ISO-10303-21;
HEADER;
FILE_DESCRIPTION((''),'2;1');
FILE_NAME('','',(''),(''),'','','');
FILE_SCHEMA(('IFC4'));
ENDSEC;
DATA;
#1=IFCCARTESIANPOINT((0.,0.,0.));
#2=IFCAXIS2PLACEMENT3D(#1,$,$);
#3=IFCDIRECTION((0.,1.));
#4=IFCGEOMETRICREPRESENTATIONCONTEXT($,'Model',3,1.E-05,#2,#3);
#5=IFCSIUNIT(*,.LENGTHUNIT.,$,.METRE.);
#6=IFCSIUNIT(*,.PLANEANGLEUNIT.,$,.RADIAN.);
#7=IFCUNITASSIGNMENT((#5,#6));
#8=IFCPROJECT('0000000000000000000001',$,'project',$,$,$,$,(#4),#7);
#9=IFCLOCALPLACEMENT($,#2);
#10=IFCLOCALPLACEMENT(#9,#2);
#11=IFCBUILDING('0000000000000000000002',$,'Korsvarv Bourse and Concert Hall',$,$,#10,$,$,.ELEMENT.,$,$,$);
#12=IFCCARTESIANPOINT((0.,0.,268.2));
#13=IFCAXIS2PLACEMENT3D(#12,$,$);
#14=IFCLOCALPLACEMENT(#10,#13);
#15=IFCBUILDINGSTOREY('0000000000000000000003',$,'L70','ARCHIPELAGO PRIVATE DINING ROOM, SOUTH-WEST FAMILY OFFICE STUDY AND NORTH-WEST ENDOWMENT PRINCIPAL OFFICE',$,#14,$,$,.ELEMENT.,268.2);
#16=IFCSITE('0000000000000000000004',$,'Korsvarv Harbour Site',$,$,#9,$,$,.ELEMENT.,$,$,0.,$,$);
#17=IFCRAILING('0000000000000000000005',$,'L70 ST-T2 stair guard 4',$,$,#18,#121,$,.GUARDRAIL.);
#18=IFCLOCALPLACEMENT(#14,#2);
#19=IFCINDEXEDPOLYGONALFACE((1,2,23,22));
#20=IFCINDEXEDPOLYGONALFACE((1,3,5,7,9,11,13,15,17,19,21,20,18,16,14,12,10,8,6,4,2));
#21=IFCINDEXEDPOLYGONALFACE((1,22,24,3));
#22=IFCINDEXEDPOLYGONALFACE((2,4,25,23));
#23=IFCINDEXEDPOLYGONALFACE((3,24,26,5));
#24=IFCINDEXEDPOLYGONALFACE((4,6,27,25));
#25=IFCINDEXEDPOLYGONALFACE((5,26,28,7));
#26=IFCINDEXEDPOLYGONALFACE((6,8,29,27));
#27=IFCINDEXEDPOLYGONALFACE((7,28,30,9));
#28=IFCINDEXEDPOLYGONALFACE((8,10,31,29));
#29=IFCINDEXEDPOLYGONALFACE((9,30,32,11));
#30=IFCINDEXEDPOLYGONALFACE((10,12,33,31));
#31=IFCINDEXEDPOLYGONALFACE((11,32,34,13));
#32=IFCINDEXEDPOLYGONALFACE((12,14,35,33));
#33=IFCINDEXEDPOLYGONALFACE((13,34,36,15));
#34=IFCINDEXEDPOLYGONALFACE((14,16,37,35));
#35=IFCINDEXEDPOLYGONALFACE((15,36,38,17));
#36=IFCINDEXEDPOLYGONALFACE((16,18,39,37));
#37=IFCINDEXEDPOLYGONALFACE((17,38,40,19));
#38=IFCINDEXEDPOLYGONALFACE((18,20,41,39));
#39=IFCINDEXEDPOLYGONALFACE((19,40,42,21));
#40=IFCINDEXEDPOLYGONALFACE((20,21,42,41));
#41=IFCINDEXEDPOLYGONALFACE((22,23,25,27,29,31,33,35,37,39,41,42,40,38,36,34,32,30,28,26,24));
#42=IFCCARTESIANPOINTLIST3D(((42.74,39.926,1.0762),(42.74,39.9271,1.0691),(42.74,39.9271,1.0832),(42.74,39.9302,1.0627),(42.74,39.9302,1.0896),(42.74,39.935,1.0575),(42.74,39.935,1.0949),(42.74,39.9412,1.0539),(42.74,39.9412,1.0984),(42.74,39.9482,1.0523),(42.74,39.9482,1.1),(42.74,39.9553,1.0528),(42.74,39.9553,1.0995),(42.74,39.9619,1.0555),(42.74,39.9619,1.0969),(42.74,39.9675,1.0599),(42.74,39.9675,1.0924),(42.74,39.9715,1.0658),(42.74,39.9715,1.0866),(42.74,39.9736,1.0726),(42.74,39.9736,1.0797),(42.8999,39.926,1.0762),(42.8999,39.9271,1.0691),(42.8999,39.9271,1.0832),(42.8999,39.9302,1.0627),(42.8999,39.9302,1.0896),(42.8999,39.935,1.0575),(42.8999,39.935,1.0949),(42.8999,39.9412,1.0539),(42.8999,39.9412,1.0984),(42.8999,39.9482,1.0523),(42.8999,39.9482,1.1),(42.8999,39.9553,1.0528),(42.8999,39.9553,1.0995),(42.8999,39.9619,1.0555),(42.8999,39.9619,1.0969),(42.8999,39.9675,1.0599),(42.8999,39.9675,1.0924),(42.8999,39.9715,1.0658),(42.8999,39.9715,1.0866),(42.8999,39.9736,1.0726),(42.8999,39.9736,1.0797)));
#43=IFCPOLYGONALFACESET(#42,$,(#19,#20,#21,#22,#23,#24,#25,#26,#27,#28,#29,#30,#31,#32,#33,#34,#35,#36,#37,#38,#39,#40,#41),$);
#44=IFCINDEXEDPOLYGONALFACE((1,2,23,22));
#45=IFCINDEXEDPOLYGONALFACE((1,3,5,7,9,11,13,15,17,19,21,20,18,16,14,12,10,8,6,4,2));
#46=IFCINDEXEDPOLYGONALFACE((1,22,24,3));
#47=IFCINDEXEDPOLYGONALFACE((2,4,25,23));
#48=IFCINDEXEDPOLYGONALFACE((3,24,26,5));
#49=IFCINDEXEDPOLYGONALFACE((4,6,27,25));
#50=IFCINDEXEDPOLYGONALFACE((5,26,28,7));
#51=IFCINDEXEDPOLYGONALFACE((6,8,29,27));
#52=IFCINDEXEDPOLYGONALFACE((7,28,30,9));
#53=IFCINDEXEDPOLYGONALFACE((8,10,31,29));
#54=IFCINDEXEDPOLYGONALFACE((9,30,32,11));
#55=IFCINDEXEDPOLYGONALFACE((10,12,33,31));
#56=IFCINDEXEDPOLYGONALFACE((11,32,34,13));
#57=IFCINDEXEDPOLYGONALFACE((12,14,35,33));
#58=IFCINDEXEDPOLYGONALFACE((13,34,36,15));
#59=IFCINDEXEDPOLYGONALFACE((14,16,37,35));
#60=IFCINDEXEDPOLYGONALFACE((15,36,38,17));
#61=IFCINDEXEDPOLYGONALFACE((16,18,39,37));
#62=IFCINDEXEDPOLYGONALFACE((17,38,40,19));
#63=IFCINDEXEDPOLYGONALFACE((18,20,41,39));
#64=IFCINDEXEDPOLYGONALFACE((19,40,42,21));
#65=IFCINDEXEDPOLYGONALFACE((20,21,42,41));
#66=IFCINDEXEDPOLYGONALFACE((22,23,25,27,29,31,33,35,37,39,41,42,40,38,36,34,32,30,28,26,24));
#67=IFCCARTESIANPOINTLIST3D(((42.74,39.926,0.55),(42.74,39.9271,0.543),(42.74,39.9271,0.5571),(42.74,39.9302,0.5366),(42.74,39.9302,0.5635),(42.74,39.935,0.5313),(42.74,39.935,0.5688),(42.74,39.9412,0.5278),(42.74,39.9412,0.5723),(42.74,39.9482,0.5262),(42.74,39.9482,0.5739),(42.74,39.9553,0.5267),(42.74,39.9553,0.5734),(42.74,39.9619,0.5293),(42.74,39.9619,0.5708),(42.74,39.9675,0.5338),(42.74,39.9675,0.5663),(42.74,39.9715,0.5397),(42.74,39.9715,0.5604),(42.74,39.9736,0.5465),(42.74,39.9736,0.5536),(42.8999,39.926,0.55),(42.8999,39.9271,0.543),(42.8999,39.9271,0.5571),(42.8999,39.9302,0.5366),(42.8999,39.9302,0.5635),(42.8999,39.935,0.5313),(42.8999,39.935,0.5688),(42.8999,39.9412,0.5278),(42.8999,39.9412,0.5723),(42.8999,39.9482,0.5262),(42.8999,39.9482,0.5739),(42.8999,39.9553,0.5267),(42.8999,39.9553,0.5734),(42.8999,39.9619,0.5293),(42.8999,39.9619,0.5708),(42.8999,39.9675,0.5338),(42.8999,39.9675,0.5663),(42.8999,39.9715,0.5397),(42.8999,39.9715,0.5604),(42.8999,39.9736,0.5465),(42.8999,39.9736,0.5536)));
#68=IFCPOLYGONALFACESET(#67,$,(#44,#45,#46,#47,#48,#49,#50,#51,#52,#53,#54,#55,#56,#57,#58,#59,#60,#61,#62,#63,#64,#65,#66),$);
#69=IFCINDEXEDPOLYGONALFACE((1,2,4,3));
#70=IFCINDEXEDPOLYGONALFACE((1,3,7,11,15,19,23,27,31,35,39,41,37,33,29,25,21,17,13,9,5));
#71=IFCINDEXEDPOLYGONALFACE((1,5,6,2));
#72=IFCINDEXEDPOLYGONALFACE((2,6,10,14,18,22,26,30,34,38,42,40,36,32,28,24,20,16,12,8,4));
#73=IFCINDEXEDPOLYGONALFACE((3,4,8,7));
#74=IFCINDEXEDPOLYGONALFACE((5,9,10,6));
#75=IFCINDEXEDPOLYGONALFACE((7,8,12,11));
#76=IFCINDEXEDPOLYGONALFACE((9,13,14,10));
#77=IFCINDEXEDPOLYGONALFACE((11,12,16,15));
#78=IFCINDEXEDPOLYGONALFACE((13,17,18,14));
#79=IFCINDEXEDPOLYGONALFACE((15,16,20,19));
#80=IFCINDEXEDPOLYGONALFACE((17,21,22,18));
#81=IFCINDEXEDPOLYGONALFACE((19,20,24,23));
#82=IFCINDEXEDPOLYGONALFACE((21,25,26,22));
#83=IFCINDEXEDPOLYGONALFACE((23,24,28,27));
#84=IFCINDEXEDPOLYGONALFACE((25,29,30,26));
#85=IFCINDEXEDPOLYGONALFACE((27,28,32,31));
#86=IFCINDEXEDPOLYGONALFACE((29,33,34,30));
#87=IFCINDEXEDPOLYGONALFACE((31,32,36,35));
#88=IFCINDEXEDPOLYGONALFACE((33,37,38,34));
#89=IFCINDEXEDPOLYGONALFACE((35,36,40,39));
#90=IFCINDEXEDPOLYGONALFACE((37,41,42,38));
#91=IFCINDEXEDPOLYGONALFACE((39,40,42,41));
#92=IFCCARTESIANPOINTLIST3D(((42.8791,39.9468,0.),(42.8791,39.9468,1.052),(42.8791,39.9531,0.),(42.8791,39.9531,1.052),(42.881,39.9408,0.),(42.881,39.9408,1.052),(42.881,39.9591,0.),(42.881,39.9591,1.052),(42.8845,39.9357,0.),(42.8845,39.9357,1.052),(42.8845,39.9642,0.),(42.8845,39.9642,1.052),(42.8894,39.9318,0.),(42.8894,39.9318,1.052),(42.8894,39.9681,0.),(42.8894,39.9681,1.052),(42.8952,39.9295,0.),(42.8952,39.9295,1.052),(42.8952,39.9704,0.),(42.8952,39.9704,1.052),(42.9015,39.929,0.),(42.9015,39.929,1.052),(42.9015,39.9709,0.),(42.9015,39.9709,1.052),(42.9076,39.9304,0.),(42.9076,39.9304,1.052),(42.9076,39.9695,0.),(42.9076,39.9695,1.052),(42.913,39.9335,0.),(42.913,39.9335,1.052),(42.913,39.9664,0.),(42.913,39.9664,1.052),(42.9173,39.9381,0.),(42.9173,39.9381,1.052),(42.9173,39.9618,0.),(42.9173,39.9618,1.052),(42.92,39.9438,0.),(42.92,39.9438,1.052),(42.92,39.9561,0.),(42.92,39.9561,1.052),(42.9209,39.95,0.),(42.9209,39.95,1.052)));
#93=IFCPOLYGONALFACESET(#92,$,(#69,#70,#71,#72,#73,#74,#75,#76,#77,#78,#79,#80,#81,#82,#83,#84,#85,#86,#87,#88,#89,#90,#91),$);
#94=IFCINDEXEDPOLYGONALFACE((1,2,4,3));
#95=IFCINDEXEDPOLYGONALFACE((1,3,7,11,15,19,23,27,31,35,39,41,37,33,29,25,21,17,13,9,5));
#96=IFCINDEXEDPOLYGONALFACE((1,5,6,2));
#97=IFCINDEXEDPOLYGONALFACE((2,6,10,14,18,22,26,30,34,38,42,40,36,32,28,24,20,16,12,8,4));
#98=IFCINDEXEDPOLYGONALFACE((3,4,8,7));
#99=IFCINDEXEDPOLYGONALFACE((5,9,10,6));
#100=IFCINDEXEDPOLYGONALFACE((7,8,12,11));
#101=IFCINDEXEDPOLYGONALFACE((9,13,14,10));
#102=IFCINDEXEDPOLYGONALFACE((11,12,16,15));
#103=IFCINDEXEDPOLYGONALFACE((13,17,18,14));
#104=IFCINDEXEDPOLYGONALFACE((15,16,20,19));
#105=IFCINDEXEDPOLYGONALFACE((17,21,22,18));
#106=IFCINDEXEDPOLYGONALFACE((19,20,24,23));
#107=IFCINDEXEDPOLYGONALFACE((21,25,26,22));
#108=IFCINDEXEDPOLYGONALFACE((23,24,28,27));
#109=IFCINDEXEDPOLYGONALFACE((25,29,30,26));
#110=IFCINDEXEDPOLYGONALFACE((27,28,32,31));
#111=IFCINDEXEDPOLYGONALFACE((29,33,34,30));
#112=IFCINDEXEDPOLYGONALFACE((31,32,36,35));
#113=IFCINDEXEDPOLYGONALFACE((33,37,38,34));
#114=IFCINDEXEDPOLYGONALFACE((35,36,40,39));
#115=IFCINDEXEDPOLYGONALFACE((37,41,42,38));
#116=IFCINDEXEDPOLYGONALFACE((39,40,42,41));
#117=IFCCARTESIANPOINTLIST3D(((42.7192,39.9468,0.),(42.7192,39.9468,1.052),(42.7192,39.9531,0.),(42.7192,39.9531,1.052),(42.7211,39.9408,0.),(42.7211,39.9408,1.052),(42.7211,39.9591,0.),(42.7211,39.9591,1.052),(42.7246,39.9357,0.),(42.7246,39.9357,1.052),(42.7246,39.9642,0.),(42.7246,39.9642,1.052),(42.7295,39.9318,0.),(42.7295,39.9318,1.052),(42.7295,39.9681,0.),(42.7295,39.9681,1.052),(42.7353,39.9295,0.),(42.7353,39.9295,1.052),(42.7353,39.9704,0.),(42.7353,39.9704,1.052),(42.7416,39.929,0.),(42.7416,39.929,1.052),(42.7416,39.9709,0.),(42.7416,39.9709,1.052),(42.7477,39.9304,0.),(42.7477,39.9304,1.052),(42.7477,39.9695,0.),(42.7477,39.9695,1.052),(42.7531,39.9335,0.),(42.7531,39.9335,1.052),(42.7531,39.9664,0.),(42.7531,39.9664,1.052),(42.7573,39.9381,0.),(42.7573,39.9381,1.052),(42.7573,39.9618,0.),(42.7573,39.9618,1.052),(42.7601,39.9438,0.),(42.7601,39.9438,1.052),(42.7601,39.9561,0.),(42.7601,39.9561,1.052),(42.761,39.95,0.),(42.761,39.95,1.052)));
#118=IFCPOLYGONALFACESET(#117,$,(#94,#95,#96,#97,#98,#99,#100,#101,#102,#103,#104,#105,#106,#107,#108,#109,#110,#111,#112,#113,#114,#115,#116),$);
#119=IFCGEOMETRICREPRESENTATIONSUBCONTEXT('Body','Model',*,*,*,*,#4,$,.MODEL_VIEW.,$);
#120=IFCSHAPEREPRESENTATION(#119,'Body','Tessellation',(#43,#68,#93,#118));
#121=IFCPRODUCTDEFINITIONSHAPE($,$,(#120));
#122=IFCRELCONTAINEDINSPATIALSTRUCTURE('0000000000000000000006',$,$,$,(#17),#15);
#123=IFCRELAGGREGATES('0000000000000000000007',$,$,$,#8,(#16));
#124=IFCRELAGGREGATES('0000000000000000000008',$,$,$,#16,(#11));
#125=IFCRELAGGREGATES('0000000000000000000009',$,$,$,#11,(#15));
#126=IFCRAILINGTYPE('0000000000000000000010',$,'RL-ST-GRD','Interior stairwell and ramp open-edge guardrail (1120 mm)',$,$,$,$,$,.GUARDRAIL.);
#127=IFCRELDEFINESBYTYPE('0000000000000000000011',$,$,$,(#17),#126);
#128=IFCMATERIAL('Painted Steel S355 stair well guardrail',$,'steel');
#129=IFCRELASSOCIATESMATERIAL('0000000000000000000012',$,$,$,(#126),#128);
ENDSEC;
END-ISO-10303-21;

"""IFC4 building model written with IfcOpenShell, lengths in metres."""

from ifc_helpers import new_model, si_unit, direction, frame, origin, origin_2d, place, context, subcontext, project, spatial, circle, extrude, material, type_object, element, save


model = new_model("IFC4")

# Units and contexts
model_context = context("Model", 3, precision=1e-05, world=origin(), true_north=direction((0.0, 1.0)))
body_context = subcontext(model_context, "Body", "Model", "MODEL_VIEW")
ifc_project = project(units=[si_unit("LENGTHUNIT", "METRE"), si_unit("PLANEANGLEUNIT", "RADIAN")], contexts=[model_context])

# Site, building, storey
site_placement = place(None, origin())
site = spatial("IfcSite", under=ifc_project, at=site_placement, Name="Korsvarv Harbour Site", CompositionType="ELEMENT", RefElevation=0.0)
building_placement = place(site_placement, origin())
building = spatial("IfcBuilding", under=site, at=building_placement, Name="Korsvarv Bourse and Concert Hall", CompositionType="ELEMENT")
storey_placement = place(building_placement, frame((0.0, 0.0, 268.2)))
storey = spatial("IfcBuildingStorey", under=building, at=storey_placement, Name="L70", Description="ARCHIPELAGO PRIVATE DINING ROOM, SOUTH-WEST FAMILY OFFICE STUDY AND NORTH-WEST ENDOWMENT PRINCIPAL OFFICE", CompositionType="ELEMENT", Elevation=268.2)

# Railing
ifc_material_1 = material(Name="Painted Steel S355 stair well guardrail", Category="steel")
railing_type_1 = type_object("IfcRailingType", Name="RL-ST-GRD", Description="Interior stairwell and ramp open-edge guardrail (1120 mm)", PredefinedType="GUARDRAIL", material=ifc_material_1)
railing_1_placement = place(storey_placement, frame((42.8999, 39.95, 0.0)))
element("IfcRailing", 1, at=railing_1_placement, inside=storey, type_object=railing_type_1, Name="L70 ST-T2 stair guard 4", PredefinedType="GUARDRAIL", context=body_context, shape_type="SweptSolid", body=[
    extrude(circle(Radius=0.0239, at=origin_2d()), frame((0.0, 0.0, 1.0762), z_axis=(-1.0, 0.0, 0.0), x_axis=(0.0, -1.0, 0.0)), (0.0, 0.0, 1.0), 0.1599),
    extrude(circle(Radius=0.0239, at=origin_2d()), frame((0.0, 0.0, 0.55), z_axis=(-1.0, 0.0, 0.0), x_axis=(0.0, -1.0, 0.0)), (0.0, 0.0, 1.0), 0.1599),
    extrude(circle(Radius=0.021, at=origin_2d()), origin(), (0.0, 0.0, 1.0), 1.052),
    extrude(circle(Radius=0.021, at=origin_2d()), frame((-0.1599, 0.0, 0.0)), (0.0, 0.0, 1.0), 1.052),
])

save(model, "model.ifc")
